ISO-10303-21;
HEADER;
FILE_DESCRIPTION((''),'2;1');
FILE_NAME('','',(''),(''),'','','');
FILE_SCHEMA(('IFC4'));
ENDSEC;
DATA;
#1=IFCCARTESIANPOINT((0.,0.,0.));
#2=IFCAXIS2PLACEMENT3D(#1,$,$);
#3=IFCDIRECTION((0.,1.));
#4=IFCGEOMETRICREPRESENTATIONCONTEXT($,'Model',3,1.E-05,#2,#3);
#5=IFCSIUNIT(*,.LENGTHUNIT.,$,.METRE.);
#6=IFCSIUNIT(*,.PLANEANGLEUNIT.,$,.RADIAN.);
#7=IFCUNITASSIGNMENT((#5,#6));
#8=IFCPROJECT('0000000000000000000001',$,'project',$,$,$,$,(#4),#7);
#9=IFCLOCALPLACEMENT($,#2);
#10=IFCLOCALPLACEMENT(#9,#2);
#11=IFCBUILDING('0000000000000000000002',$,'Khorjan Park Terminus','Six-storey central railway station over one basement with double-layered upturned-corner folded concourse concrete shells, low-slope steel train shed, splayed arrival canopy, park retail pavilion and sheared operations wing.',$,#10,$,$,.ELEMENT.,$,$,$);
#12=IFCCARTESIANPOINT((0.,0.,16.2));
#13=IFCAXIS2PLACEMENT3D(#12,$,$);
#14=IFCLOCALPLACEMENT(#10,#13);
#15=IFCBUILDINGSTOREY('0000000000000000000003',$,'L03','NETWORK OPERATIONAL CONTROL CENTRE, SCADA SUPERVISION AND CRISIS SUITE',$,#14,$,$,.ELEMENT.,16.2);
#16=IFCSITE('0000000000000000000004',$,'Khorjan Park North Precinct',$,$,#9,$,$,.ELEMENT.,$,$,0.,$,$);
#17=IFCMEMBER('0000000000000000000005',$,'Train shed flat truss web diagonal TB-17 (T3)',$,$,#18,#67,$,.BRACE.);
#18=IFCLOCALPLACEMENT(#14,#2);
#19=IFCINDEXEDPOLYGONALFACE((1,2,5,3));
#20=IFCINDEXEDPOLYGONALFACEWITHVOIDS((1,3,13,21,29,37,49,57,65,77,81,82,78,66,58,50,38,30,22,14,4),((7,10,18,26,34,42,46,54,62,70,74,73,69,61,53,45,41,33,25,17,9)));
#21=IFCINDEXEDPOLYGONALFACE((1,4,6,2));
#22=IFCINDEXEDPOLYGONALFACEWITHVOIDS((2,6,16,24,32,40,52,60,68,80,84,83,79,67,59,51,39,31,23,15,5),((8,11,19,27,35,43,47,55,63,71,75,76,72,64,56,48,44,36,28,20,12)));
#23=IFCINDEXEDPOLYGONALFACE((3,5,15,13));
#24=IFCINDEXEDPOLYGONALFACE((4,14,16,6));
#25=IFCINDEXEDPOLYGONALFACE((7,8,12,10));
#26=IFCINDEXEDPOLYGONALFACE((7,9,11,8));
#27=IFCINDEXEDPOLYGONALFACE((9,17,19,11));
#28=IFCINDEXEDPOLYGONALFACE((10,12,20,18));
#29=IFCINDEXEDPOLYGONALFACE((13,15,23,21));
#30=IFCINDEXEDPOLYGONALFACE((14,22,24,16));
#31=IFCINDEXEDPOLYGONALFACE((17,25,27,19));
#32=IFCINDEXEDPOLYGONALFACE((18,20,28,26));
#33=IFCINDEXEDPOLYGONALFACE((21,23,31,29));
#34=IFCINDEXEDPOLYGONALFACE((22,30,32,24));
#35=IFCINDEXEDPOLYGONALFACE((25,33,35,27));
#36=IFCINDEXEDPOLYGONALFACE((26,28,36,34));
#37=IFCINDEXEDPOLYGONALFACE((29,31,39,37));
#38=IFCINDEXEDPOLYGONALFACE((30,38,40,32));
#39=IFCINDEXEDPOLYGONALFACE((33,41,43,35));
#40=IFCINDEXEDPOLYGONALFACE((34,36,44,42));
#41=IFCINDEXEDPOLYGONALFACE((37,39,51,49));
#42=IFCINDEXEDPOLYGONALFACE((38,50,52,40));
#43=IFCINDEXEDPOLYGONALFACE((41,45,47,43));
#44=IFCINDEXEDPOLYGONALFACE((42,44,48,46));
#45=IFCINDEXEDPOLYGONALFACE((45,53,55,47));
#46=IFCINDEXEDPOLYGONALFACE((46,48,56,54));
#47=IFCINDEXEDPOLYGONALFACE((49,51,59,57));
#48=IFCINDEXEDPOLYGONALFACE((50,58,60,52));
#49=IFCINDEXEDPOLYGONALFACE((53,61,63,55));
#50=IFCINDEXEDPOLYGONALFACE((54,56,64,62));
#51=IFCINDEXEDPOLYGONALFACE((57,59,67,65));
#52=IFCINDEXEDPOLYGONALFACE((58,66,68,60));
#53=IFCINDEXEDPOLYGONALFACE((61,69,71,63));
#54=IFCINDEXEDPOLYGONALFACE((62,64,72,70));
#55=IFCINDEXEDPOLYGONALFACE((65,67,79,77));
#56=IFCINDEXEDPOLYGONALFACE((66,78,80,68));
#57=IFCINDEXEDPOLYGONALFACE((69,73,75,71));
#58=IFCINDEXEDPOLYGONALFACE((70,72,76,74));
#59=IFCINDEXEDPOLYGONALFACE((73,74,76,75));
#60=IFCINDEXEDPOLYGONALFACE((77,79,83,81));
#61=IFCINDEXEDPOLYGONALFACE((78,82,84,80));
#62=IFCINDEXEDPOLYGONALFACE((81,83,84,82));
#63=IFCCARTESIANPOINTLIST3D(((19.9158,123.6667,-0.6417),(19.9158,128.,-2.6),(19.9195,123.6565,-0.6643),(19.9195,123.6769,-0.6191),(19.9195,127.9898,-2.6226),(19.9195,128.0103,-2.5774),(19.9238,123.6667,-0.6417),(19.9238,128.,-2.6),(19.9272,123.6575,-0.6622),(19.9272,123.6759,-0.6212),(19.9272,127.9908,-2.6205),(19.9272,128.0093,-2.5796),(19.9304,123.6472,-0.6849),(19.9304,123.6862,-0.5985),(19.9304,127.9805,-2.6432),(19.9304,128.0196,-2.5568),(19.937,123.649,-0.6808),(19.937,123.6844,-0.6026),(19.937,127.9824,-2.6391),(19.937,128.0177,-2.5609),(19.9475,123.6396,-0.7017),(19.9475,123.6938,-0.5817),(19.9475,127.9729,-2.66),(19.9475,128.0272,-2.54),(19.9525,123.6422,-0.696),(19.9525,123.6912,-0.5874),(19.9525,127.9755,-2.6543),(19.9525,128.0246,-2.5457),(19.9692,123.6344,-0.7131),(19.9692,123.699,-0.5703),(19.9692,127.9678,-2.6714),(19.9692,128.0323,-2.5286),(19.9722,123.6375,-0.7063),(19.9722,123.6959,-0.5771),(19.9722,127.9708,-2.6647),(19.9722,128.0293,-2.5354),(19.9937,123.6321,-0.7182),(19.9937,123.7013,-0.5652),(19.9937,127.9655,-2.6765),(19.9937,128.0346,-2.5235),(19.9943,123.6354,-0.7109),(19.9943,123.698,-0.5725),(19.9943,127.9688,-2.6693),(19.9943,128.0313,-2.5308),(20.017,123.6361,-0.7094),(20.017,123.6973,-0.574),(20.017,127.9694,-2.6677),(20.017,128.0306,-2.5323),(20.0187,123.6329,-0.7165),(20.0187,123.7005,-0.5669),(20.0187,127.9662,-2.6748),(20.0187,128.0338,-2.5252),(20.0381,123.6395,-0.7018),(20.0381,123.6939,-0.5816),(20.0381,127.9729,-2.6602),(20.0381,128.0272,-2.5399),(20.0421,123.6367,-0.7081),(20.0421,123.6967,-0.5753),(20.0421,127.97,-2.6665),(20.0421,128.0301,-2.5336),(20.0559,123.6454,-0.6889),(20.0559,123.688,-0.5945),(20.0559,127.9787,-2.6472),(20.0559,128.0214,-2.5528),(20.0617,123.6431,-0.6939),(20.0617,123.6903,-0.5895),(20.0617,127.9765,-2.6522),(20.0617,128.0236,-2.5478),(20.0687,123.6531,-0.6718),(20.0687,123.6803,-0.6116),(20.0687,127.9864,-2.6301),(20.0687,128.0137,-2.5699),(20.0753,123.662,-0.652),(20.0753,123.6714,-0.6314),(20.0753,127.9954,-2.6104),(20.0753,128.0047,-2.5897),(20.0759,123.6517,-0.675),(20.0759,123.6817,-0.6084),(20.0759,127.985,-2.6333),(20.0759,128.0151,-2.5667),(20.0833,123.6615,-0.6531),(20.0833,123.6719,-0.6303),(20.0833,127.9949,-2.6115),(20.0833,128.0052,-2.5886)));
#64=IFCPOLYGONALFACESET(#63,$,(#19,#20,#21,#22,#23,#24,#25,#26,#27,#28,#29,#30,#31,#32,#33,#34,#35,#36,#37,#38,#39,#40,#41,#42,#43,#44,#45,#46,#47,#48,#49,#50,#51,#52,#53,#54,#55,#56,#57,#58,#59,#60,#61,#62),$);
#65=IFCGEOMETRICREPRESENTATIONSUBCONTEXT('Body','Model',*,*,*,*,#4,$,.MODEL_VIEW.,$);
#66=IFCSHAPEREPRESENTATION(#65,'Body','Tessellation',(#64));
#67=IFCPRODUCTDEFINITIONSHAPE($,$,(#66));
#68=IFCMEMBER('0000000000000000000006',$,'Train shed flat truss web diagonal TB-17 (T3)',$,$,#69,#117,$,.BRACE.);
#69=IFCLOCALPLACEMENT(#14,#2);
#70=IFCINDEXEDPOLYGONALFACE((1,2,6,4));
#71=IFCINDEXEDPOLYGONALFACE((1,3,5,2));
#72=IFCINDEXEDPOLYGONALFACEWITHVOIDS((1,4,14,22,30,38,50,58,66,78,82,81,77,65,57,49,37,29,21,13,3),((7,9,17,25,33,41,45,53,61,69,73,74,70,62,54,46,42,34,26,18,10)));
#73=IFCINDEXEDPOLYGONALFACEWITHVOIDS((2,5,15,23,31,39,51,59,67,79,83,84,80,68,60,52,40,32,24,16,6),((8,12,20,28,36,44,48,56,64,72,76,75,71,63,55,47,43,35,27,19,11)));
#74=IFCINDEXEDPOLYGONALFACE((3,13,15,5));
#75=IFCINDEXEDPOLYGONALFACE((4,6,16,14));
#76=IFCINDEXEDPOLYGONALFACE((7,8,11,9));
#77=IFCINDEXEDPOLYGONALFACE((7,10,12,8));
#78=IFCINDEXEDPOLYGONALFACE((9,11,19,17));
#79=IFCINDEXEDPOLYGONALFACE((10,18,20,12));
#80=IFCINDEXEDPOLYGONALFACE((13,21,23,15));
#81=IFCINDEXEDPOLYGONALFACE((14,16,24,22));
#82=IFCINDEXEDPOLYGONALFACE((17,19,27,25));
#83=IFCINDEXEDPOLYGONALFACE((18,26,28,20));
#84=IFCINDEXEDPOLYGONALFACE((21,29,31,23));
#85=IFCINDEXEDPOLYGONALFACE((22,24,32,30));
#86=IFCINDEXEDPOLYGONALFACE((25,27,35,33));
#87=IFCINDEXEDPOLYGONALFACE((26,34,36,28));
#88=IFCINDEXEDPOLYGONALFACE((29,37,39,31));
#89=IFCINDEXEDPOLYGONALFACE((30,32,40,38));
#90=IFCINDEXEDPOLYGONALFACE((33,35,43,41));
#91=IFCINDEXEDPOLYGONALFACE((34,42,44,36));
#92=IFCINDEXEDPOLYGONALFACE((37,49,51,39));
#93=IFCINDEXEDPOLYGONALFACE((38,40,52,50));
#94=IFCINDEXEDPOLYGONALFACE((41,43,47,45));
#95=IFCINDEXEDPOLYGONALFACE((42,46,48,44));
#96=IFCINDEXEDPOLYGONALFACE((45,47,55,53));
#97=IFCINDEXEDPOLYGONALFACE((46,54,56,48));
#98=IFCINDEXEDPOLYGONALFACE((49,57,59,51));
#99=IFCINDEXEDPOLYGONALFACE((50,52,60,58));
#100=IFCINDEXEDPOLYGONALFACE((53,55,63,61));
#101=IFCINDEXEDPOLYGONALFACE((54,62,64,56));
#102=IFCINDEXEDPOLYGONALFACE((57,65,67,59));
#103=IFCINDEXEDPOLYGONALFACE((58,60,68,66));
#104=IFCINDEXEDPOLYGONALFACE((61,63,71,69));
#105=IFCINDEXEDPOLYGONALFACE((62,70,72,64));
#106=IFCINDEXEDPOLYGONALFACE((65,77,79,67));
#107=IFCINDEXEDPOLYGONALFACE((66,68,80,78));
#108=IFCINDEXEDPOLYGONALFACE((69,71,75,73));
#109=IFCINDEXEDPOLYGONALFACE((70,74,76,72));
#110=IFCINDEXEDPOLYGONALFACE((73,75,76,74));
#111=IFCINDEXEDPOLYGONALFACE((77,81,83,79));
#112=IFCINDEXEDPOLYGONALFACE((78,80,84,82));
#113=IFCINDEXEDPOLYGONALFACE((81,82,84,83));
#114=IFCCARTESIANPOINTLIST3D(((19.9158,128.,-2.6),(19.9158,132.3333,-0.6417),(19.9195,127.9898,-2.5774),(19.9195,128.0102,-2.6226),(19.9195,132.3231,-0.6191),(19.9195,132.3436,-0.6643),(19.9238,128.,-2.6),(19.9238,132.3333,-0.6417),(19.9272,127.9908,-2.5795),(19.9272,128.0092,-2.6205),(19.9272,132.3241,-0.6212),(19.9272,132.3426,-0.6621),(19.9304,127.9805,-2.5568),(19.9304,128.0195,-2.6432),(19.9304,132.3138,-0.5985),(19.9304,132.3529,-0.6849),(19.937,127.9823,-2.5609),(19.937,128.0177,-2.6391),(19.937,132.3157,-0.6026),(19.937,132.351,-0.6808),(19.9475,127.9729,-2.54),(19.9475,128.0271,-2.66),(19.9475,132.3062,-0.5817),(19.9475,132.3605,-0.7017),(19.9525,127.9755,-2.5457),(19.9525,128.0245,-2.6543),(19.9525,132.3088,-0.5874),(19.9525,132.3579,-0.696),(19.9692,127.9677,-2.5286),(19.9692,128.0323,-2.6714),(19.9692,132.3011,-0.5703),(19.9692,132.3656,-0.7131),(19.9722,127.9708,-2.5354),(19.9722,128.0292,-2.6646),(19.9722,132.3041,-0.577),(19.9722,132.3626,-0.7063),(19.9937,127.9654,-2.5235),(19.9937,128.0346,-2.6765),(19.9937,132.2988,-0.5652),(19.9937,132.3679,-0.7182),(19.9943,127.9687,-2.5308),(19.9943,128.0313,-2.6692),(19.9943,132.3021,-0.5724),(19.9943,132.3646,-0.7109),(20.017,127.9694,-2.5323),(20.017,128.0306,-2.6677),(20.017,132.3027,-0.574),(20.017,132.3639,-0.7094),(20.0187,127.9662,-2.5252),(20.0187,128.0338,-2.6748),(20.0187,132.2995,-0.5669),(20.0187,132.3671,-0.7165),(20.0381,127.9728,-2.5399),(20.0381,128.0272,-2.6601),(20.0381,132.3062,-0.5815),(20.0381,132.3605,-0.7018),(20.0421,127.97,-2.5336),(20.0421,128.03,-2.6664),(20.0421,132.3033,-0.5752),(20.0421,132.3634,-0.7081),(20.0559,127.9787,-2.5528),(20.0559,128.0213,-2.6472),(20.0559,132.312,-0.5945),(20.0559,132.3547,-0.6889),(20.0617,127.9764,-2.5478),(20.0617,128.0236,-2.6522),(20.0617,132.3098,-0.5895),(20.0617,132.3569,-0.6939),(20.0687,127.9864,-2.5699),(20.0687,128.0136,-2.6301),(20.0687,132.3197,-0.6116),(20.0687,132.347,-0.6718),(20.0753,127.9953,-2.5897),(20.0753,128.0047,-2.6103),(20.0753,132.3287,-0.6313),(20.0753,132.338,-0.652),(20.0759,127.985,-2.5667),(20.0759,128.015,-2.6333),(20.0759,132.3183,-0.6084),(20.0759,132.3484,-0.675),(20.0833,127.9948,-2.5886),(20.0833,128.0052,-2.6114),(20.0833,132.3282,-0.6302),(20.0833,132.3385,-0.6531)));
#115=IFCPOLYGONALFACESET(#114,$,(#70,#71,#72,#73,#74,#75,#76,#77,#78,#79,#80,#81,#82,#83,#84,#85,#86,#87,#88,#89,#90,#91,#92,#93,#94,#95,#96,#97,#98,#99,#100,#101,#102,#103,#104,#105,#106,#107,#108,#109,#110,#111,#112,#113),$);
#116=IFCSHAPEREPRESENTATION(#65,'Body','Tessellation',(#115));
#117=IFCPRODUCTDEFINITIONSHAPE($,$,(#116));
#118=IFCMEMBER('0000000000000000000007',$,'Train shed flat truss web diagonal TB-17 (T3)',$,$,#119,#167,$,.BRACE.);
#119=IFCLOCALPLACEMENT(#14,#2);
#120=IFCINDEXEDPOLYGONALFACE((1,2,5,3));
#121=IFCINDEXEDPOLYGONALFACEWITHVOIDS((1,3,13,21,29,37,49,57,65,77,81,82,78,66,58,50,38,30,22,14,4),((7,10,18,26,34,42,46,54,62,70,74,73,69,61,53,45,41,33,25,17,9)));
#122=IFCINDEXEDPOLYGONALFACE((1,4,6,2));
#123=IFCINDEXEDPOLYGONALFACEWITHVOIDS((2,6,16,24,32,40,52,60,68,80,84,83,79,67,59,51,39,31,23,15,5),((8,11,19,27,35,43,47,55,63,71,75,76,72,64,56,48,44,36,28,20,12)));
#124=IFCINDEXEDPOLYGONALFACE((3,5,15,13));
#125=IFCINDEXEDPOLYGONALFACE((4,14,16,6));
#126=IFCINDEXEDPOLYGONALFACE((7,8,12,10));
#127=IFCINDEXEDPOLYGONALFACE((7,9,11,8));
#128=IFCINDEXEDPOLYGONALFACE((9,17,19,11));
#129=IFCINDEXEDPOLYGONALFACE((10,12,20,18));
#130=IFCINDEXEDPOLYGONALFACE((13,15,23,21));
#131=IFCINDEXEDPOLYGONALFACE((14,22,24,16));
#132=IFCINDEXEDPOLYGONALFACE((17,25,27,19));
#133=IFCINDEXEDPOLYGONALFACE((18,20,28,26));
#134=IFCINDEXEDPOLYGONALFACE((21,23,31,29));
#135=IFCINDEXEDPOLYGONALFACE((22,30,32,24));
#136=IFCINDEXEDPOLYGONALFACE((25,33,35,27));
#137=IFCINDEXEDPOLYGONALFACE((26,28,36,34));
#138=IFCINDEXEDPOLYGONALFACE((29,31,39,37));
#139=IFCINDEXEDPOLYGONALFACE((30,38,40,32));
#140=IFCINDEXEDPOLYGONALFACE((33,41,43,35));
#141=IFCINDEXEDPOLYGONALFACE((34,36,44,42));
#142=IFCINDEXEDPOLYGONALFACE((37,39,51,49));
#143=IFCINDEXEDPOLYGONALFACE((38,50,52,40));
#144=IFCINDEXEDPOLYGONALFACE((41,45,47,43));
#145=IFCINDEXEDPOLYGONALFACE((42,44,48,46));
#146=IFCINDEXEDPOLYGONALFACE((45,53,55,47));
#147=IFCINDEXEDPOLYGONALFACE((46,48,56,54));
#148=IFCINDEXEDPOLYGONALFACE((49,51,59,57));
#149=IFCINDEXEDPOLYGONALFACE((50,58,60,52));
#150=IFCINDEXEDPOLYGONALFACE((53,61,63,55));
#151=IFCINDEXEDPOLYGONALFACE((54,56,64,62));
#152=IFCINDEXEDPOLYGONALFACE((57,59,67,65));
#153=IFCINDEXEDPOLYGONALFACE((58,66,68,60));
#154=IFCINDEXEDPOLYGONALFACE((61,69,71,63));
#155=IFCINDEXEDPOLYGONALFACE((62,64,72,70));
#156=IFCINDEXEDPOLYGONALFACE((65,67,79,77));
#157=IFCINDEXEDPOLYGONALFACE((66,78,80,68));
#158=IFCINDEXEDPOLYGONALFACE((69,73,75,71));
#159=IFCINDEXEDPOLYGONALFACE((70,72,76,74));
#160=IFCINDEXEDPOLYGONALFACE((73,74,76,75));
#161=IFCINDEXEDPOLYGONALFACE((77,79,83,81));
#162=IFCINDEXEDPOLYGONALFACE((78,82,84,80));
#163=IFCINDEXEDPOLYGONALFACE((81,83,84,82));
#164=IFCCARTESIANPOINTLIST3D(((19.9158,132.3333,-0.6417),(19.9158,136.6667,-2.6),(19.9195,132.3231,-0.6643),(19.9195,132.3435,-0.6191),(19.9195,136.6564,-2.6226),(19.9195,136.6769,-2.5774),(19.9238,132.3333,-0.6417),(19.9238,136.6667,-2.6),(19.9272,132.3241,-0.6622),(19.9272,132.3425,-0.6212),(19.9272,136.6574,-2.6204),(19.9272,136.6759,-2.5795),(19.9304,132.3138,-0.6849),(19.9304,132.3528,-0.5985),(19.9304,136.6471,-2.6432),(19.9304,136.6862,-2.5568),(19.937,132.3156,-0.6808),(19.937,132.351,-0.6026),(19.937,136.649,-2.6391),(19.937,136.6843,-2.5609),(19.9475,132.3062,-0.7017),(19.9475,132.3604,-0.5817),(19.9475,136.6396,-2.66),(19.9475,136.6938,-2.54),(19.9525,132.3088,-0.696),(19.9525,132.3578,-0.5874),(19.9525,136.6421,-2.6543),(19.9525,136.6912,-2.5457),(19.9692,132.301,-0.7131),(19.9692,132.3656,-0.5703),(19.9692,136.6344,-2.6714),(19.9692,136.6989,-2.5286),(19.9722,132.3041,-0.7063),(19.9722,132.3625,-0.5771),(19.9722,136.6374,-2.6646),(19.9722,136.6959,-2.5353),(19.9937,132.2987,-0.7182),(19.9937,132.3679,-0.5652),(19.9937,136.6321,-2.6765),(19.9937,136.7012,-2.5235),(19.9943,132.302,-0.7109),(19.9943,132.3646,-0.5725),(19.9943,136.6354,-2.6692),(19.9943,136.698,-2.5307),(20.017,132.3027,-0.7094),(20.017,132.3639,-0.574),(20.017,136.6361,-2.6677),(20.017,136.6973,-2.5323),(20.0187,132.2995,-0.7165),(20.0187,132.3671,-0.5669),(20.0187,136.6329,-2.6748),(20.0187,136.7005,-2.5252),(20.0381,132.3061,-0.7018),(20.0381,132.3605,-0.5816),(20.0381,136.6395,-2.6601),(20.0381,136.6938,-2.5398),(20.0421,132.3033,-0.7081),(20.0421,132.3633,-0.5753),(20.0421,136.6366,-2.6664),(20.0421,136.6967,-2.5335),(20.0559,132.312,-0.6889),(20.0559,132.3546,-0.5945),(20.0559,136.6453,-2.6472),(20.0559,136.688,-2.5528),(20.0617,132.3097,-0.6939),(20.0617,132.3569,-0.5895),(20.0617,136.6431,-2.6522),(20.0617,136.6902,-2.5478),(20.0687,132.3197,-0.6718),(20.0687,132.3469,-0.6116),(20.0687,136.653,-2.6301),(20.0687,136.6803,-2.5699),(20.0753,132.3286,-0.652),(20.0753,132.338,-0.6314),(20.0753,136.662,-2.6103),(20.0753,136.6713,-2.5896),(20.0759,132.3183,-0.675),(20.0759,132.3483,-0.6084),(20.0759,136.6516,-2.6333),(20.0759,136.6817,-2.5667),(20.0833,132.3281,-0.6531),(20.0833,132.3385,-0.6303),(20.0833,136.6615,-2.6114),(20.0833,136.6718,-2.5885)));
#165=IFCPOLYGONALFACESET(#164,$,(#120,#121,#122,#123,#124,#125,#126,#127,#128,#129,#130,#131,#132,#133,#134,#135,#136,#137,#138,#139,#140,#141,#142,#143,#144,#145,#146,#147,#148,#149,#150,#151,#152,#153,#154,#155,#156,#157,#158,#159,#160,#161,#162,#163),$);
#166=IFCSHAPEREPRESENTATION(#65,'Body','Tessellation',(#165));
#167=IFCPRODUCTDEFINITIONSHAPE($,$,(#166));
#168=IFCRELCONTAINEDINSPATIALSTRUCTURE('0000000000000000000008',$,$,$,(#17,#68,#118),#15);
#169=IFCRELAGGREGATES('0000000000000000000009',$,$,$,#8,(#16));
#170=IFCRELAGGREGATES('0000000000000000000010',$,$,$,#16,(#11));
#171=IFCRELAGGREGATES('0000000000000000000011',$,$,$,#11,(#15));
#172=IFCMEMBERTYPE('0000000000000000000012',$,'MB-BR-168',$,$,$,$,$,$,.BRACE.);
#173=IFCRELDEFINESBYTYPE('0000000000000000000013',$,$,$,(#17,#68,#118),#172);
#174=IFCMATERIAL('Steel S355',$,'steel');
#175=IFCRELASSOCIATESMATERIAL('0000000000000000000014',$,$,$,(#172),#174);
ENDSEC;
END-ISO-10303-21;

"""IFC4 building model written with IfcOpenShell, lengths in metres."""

from ifc_helpers import new_model, si_unit, direction, frame, origin, origin_2d, place, context, subcontext, project, spatial, hollow_circle, extrude, material, material_profile, profile_set, type_object, element, save


model = new_model("IFC4")

# Units and contexts
model_context = context("Model", 3, precision=1e-05, world=origin(), true_north=direction((0.0, 1.0)))
body_context = subcontext(model_context, "Body", "Model", "MODEL_VIEW")
ifc_project = project(units=[si_unit("LENGTHUNIT", "METRE"), si_unit("PLANEANGLEUNIT", "RADIAN")], contexts=[model_context])

# Site, building, storey
site_placement = place(None, origin())
site = spatial("IfcSite", under=ifc_project, at=site_placement, Name="Khorjan Park North Precinct", CompositionType="ELEMENT", RefElevation=0.0)
building_placement = place(site_placement, origin())
building = spatial("IfcBuilding", under=site, at=building_placement, Name="Khorjan Park Terminus", Description="Six-storey central railway station over one basement with double-layered upturned-corner folded concourse concrete shells, low-slope steel train shed, splayed arrival canopy, park retail pavilion and sheared operations wing.", CompositionType="ELEMENT")
storey_placement = place(building_placement, frame((0.0, 0.0, 16.2)))
storey = spatial("IfcBuildingStorey", under=building, at=storey_placement, Name="L03", Description="NETWORK OPERATIONAL CONTROL CENTRE, SCADA SUPERVISION AND CRISIS SUITE", CompositionType="ELEMENT", Elevation=16.2)

# Members
ifc_material = material(Name="Steel S355", Category="steel")
ifc_material_profile_1 = material_profile(ifc_material, hollow_circle(Radius=0.0842, WallThickness=0.008, at=origin_2d()), Name="CHS 168.3x8")
ifc_profile_set_1 = profile_set([ifc_material_profile_1], Name="Steel S355")
member_type_1 = type_object("IfcMemberType", Name="MB-BR-168", PredefinedType="BRACE", material=ifc_profile_set_1)
for number, where, z_axis, x_axis, name in (
    (1, (20.0, 123.6667, -0.6417), (0.0, 0.911266, -0.411818), (-1.0, 0.0, 0.0), "Train shed flat truss web diagonal TB-17 (T3)"),
    (2, (20.0, 128.0, -2.6), (0.0, 0.911266, 0.411818), (-1.0, 0.0, 0.0), "Train shed flat truss web diagonal TB-17 (T3)"),
    (3, (20.0, 132.3333, -0.6417), (0.0, 0.91127, -0.41181), (-1.0, 0.0, 0.0), "Train shed flat truss web diagonal TB-17 (T3)"),
):
    element("IfcMember", number, at=place(storey_placement, frame(where, z_axis=z_axis, x_axis=x_axis)), inside=storey, type_object=member_type_1, Name=name, PredefinedType="BRACE", context=body_context, shape_type="SweptSolid", body=[
        extrude(hollow_circle(Radius=0.0842, WallThickness=0.008, at=origin_2d()), origin(), (0.0, 0.0, 1.0), 4.7553),
    ])

save(model, "model.ifc")
